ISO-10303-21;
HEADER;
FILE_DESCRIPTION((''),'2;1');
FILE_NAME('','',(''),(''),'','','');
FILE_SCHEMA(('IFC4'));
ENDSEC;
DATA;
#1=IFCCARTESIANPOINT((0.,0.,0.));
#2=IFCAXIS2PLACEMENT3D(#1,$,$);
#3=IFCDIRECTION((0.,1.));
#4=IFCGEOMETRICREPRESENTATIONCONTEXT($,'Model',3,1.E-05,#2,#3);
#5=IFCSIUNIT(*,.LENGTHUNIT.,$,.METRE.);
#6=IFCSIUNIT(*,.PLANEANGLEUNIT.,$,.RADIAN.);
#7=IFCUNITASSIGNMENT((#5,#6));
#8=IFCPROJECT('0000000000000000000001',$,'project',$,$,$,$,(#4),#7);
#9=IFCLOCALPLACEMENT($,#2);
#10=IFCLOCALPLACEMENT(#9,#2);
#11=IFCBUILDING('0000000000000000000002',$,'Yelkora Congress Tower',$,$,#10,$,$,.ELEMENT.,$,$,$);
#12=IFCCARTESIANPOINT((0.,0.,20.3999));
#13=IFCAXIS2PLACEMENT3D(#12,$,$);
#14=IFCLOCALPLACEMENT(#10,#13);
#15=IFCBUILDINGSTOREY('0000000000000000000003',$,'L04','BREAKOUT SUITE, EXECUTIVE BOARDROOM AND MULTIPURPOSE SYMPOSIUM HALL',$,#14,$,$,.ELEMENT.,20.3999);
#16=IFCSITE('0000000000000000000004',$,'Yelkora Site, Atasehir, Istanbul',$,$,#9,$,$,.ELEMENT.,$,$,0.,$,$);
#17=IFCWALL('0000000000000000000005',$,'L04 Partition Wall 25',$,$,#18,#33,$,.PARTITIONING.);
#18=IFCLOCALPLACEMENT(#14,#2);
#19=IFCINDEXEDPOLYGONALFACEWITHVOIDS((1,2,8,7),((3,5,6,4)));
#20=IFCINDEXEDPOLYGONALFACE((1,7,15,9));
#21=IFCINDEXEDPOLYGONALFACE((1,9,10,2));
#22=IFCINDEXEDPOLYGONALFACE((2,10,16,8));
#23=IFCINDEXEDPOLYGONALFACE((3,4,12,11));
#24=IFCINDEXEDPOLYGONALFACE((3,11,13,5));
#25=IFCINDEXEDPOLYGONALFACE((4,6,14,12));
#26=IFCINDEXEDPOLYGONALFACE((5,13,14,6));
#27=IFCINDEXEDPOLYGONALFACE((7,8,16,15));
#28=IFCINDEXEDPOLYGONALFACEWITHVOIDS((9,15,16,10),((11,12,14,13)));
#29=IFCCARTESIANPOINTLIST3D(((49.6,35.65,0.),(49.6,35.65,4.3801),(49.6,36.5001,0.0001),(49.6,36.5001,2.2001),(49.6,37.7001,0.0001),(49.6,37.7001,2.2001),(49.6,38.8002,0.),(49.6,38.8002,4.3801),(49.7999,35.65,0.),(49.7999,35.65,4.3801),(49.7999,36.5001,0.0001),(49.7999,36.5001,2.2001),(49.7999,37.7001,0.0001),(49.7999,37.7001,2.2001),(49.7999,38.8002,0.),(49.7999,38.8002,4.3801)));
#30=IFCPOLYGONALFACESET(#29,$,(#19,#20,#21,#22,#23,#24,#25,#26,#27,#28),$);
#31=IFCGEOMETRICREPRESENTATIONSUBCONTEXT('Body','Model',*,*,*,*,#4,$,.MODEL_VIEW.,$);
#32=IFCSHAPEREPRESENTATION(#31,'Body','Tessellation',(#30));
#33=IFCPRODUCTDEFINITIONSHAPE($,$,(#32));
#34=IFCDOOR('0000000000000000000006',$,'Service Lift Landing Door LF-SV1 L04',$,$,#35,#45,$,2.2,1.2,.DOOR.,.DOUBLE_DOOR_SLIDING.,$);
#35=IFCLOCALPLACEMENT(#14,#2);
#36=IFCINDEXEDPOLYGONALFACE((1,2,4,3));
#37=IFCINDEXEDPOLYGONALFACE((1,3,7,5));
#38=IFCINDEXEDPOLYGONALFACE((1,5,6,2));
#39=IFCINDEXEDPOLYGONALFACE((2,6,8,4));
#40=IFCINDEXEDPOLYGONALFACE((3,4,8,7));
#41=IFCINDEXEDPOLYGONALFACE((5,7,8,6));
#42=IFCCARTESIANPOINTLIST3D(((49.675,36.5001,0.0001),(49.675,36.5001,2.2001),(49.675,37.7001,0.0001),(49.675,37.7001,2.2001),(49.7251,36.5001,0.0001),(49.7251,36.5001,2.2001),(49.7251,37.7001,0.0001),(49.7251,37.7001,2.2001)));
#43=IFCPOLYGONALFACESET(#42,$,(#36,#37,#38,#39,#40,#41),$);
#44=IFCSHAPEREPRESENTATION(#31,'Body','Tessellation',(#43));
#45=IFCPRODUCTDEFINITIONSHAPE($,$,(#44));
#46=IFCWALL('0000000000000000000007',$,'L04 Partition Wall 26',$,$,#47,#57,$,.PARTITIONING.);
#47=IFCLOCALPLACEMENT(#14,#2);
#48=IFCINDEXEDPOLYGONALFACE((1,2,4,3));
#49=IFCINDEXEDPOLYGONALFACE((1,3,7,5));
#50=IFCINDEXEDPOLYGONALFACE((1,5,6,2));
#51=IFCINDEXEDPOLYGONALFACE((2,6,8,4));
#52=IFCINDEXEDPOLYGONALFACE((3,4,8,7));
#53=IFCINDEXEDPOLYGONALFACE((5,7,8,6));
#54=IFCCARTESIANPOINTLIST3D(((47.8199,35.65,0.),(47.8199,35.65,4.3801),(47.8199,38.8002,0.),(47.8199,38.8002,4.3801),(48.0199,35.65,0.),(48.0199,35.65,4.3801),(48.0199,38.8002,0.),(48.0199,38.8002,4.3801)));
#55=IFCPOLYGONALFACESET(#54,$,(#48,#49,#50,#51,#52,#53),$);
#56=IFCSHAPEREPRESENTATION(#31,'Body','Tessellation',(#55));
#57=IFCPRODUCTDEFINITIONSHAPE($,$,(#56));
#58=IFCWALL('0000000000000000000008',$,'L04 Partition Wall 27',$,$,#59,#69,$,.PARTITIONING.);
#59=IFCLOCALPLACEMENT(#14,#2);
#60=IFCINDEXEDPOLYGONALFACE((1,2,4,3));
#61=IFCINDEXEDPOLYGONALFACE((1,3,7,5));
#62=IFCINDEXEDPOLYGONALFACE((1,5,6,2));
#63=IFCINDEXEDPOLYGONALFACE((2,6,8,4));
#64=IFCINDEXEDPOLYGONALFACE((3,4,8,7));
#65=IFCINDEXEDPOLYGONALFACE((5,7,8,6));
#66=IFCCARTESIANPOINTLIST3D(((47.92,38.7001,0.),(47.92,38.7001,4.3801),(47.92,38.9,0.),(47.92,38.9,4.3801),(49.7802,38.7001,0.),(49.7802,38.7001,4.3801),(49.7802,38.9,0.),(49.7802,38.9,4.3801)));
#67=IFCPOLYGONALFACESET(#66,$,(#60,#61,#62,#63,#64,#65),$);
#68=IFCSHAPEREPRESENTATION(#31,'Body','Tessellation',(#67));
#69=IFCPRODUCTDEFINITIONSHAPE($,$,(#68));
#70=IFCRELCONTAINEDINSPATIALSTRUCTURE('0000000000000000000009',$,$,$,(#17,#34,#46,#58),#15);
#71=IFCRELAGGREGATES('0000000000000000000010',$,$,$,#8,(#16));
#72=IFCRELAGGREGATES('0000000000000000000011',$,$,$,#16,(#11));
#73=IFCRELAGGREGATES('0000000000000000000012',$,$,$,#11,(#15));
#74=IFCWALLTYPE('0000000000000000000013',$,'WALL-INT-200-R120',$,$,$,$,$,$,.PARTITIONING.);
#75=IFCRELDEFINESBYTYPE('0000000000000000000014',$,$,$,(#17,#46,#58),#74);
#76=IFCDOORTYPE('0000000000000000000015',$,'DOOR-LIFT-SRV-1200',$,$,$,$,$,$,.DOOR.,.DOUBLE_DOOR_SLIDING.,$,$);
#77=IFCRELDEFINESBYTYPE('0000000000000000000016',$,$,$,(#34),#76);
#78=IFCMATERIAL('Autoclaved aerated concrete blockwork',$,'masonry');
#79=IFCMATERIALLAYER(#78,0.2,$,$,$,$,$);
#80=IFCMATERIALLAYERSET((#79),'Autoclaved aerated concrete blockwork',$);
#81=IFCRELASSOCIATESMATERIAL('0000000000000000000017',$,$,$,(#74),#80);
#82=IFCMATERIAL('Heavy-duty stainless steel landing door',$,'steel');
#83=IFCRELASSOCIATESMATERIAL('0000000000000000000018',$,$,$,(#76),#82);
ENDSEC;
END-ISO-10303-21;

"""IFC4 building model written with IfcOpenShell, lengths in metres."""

from ifc_helpers import new_model, si_unit, direction, frame, frame_2d, origin, place, context, subcontext, project, spatial, rectangle, extrude, material, layer, layer_set, type_object, element, fill, save


model = new_model("IFC4")

# Units and contexts
model_context = context("Model", 3, precision=1e-05, world=origin(), true_north=direction((0.0, 1.0)))
body_context = subcontext(model_context, "Body", "Model", "MODEL_VIEW")
ifc_project = project(units=[si_unit("LENGTHUNIT", "METRE"), si_unit("PLANEANGLEUNIT", "RADIAN")], contexts=[model_context])

# Site, building, storey
site_placement = place(None, origin())
site = spatial("IfcSite", under=ifc_project, at=site_placement, Name="Yelkora Site, Atasehir, Istanbul", CompositionType="ELEMENT", RefElevation=0.0)
building_placement = place(site_placement, origin())
building = spatial("IfcBuilding", under=site, at=building_placement, Name="Yelkora Congress Tower", CompositionType="ELEMENT")
storey_placement = place(building_placement, frame((0.0, 0.0, 20.3999)))
storey = spatial("IfcBuildingStorey", under=building, at=storey_placement, Name="L04", Description="BREAKOUT SUITE, EXECUTIVE BOARDROOM AND MULTIPURPOSE SYMPOSIUM HALL", CompositionType="ELEMENT", Elevation=20.3999)

# Shared definitions
ifc_material_1 = material(Name="Autoclaved aerated concrete blockwork", Category="masonry")
ifc_layer_1 = layer(ifc_material_1, 0.2)
ifc_layer_set_1 = layer_set([ifc_layer_1], Name="Autoclaved aerated concrete blockwork")
wall_type_1 = type_object("IfcWallType", Name="WALL-INT-200-R120", PredefinedType="PARTITIONING", material=ifc_layer_set_1)

# Wall, opening, door
wall_1_placement = place(storey_placement, frame((49.7, 35.6499, 0.0), z_axis=(0.0, 0.0, 1.0), x_axis=(0.0, 1.0, 0.0)))
wall_1 = element("IfcWall", 1, at=wall_1_placement, inside=storey, type_object=wall_type_1, Name="L04 Partition Wall 25", PredefinedType="PARTITIONING", context=body_context, shape_type="SweptSolid", body=[
    extrude(rectangle(XDim=3.1501, YDim=0.2, at=frame_2d((1.5752, 0.0))), origin(), (0.0, 0.0, 1.0), 4.3801),
])
opening_1_placement = place(wall_1_placement, frame((0.8501, 0.0, 0.0)))
opening_1 = element("IfcOpeningElement", 2, at=opening_1_placement, cuts=wall_1, PredefinedType="OPENING", context=body_context, shape_type="SweptSolid", body=[
    extrude(rectangle(XDim=1.2, YDim=2.2, at=frame_2d((0.6001, 1.1001))), frame((0.0, 0.1099, 0.0), z_axis=(0.0, -1.0, 0.0), x_axis=(1.0, 0.0, 0.0)), (0.0, 0.0, 1.0), 0.22),
])
ifc_material_2 = material(Name="Heavy-duty stainless steel landing door", Category="steel")
door_type_1 = type_object("IfcDoorType", Name="DOOR-LIFT-SRV-1200", OperationType="DOUBLE_DOOR_SLIDING", PredefinedType="DOOR", material=ifc_material_2)
door_1_placement = place(opening_1_placement, origin())
door_1 = element("IfcDoor", 3, at=door_1_placement, inside=storey, type_object=door_type_1, Name="Service Lift Landing Door LF-SV1 L04", OperationType="DOUBLE_DOOR_SLIDING", OverallHeight=2.2, OverallWidth=1.2, PredefinedType="DOOR", context=body_context, shape_type="SweptSolid", body=[
    extrude(rectangle(XDim=1.2, YDim=2.2, at=frame_2d((0.6001, 1.1001))), frame((0.0, 0.0249, 0.0), z_axis=(0.0, -1.0, 0.0), x_axis=(1.0, 0.0, 0.0)), (0.0, 0.0, 1.0), 0.05),
])
fill(opening_1, door_1)

# Walls
wall_2_placement = place(storey_placement, frame((47.9199, 35.6499, 0.0), z_axis=(0.0, 0.0, 1.0), x_axis=(0.0, 1.0, 0.0)))
element("IfcWall", 4, at=wall_2_placement, inside=storey, type_object=wall_type_1, Name="L04 Partition Wall 26", PredefinedType="PARTITIONING", context=body_context, shape_type="SweptSolid", body=[
    extrude(rectangle(XDim=3.1501, YDim=0.2, at=frame_2d((1.5752, 0.0))), origin(), (0.0, 0.0, 1.0), 4.3801),
])
wall_3_placement = place(storey_placement, frame((47.9199, 38.8, 0.0), z_axis=(0.0, 0.0, 1.0), x_axis=(1.0, 0.0, 0.0)))
element("IfcWall", 5, at=wall_3_placement, inside=storey, type_object=wall_type_1, Name="L04 Partition Wall 27", PredefinedType="PARTITIONING", context=body_context, shape_type="SweptSolid", body=[
    extrude(rectangle(XDim=1.8601, YDim=0.2, at=frame_2d((0.9302, 0.0))), origin(), (0.0, 0.0, 1.0), 4.3801),
])

save(model, "model.ifc")
